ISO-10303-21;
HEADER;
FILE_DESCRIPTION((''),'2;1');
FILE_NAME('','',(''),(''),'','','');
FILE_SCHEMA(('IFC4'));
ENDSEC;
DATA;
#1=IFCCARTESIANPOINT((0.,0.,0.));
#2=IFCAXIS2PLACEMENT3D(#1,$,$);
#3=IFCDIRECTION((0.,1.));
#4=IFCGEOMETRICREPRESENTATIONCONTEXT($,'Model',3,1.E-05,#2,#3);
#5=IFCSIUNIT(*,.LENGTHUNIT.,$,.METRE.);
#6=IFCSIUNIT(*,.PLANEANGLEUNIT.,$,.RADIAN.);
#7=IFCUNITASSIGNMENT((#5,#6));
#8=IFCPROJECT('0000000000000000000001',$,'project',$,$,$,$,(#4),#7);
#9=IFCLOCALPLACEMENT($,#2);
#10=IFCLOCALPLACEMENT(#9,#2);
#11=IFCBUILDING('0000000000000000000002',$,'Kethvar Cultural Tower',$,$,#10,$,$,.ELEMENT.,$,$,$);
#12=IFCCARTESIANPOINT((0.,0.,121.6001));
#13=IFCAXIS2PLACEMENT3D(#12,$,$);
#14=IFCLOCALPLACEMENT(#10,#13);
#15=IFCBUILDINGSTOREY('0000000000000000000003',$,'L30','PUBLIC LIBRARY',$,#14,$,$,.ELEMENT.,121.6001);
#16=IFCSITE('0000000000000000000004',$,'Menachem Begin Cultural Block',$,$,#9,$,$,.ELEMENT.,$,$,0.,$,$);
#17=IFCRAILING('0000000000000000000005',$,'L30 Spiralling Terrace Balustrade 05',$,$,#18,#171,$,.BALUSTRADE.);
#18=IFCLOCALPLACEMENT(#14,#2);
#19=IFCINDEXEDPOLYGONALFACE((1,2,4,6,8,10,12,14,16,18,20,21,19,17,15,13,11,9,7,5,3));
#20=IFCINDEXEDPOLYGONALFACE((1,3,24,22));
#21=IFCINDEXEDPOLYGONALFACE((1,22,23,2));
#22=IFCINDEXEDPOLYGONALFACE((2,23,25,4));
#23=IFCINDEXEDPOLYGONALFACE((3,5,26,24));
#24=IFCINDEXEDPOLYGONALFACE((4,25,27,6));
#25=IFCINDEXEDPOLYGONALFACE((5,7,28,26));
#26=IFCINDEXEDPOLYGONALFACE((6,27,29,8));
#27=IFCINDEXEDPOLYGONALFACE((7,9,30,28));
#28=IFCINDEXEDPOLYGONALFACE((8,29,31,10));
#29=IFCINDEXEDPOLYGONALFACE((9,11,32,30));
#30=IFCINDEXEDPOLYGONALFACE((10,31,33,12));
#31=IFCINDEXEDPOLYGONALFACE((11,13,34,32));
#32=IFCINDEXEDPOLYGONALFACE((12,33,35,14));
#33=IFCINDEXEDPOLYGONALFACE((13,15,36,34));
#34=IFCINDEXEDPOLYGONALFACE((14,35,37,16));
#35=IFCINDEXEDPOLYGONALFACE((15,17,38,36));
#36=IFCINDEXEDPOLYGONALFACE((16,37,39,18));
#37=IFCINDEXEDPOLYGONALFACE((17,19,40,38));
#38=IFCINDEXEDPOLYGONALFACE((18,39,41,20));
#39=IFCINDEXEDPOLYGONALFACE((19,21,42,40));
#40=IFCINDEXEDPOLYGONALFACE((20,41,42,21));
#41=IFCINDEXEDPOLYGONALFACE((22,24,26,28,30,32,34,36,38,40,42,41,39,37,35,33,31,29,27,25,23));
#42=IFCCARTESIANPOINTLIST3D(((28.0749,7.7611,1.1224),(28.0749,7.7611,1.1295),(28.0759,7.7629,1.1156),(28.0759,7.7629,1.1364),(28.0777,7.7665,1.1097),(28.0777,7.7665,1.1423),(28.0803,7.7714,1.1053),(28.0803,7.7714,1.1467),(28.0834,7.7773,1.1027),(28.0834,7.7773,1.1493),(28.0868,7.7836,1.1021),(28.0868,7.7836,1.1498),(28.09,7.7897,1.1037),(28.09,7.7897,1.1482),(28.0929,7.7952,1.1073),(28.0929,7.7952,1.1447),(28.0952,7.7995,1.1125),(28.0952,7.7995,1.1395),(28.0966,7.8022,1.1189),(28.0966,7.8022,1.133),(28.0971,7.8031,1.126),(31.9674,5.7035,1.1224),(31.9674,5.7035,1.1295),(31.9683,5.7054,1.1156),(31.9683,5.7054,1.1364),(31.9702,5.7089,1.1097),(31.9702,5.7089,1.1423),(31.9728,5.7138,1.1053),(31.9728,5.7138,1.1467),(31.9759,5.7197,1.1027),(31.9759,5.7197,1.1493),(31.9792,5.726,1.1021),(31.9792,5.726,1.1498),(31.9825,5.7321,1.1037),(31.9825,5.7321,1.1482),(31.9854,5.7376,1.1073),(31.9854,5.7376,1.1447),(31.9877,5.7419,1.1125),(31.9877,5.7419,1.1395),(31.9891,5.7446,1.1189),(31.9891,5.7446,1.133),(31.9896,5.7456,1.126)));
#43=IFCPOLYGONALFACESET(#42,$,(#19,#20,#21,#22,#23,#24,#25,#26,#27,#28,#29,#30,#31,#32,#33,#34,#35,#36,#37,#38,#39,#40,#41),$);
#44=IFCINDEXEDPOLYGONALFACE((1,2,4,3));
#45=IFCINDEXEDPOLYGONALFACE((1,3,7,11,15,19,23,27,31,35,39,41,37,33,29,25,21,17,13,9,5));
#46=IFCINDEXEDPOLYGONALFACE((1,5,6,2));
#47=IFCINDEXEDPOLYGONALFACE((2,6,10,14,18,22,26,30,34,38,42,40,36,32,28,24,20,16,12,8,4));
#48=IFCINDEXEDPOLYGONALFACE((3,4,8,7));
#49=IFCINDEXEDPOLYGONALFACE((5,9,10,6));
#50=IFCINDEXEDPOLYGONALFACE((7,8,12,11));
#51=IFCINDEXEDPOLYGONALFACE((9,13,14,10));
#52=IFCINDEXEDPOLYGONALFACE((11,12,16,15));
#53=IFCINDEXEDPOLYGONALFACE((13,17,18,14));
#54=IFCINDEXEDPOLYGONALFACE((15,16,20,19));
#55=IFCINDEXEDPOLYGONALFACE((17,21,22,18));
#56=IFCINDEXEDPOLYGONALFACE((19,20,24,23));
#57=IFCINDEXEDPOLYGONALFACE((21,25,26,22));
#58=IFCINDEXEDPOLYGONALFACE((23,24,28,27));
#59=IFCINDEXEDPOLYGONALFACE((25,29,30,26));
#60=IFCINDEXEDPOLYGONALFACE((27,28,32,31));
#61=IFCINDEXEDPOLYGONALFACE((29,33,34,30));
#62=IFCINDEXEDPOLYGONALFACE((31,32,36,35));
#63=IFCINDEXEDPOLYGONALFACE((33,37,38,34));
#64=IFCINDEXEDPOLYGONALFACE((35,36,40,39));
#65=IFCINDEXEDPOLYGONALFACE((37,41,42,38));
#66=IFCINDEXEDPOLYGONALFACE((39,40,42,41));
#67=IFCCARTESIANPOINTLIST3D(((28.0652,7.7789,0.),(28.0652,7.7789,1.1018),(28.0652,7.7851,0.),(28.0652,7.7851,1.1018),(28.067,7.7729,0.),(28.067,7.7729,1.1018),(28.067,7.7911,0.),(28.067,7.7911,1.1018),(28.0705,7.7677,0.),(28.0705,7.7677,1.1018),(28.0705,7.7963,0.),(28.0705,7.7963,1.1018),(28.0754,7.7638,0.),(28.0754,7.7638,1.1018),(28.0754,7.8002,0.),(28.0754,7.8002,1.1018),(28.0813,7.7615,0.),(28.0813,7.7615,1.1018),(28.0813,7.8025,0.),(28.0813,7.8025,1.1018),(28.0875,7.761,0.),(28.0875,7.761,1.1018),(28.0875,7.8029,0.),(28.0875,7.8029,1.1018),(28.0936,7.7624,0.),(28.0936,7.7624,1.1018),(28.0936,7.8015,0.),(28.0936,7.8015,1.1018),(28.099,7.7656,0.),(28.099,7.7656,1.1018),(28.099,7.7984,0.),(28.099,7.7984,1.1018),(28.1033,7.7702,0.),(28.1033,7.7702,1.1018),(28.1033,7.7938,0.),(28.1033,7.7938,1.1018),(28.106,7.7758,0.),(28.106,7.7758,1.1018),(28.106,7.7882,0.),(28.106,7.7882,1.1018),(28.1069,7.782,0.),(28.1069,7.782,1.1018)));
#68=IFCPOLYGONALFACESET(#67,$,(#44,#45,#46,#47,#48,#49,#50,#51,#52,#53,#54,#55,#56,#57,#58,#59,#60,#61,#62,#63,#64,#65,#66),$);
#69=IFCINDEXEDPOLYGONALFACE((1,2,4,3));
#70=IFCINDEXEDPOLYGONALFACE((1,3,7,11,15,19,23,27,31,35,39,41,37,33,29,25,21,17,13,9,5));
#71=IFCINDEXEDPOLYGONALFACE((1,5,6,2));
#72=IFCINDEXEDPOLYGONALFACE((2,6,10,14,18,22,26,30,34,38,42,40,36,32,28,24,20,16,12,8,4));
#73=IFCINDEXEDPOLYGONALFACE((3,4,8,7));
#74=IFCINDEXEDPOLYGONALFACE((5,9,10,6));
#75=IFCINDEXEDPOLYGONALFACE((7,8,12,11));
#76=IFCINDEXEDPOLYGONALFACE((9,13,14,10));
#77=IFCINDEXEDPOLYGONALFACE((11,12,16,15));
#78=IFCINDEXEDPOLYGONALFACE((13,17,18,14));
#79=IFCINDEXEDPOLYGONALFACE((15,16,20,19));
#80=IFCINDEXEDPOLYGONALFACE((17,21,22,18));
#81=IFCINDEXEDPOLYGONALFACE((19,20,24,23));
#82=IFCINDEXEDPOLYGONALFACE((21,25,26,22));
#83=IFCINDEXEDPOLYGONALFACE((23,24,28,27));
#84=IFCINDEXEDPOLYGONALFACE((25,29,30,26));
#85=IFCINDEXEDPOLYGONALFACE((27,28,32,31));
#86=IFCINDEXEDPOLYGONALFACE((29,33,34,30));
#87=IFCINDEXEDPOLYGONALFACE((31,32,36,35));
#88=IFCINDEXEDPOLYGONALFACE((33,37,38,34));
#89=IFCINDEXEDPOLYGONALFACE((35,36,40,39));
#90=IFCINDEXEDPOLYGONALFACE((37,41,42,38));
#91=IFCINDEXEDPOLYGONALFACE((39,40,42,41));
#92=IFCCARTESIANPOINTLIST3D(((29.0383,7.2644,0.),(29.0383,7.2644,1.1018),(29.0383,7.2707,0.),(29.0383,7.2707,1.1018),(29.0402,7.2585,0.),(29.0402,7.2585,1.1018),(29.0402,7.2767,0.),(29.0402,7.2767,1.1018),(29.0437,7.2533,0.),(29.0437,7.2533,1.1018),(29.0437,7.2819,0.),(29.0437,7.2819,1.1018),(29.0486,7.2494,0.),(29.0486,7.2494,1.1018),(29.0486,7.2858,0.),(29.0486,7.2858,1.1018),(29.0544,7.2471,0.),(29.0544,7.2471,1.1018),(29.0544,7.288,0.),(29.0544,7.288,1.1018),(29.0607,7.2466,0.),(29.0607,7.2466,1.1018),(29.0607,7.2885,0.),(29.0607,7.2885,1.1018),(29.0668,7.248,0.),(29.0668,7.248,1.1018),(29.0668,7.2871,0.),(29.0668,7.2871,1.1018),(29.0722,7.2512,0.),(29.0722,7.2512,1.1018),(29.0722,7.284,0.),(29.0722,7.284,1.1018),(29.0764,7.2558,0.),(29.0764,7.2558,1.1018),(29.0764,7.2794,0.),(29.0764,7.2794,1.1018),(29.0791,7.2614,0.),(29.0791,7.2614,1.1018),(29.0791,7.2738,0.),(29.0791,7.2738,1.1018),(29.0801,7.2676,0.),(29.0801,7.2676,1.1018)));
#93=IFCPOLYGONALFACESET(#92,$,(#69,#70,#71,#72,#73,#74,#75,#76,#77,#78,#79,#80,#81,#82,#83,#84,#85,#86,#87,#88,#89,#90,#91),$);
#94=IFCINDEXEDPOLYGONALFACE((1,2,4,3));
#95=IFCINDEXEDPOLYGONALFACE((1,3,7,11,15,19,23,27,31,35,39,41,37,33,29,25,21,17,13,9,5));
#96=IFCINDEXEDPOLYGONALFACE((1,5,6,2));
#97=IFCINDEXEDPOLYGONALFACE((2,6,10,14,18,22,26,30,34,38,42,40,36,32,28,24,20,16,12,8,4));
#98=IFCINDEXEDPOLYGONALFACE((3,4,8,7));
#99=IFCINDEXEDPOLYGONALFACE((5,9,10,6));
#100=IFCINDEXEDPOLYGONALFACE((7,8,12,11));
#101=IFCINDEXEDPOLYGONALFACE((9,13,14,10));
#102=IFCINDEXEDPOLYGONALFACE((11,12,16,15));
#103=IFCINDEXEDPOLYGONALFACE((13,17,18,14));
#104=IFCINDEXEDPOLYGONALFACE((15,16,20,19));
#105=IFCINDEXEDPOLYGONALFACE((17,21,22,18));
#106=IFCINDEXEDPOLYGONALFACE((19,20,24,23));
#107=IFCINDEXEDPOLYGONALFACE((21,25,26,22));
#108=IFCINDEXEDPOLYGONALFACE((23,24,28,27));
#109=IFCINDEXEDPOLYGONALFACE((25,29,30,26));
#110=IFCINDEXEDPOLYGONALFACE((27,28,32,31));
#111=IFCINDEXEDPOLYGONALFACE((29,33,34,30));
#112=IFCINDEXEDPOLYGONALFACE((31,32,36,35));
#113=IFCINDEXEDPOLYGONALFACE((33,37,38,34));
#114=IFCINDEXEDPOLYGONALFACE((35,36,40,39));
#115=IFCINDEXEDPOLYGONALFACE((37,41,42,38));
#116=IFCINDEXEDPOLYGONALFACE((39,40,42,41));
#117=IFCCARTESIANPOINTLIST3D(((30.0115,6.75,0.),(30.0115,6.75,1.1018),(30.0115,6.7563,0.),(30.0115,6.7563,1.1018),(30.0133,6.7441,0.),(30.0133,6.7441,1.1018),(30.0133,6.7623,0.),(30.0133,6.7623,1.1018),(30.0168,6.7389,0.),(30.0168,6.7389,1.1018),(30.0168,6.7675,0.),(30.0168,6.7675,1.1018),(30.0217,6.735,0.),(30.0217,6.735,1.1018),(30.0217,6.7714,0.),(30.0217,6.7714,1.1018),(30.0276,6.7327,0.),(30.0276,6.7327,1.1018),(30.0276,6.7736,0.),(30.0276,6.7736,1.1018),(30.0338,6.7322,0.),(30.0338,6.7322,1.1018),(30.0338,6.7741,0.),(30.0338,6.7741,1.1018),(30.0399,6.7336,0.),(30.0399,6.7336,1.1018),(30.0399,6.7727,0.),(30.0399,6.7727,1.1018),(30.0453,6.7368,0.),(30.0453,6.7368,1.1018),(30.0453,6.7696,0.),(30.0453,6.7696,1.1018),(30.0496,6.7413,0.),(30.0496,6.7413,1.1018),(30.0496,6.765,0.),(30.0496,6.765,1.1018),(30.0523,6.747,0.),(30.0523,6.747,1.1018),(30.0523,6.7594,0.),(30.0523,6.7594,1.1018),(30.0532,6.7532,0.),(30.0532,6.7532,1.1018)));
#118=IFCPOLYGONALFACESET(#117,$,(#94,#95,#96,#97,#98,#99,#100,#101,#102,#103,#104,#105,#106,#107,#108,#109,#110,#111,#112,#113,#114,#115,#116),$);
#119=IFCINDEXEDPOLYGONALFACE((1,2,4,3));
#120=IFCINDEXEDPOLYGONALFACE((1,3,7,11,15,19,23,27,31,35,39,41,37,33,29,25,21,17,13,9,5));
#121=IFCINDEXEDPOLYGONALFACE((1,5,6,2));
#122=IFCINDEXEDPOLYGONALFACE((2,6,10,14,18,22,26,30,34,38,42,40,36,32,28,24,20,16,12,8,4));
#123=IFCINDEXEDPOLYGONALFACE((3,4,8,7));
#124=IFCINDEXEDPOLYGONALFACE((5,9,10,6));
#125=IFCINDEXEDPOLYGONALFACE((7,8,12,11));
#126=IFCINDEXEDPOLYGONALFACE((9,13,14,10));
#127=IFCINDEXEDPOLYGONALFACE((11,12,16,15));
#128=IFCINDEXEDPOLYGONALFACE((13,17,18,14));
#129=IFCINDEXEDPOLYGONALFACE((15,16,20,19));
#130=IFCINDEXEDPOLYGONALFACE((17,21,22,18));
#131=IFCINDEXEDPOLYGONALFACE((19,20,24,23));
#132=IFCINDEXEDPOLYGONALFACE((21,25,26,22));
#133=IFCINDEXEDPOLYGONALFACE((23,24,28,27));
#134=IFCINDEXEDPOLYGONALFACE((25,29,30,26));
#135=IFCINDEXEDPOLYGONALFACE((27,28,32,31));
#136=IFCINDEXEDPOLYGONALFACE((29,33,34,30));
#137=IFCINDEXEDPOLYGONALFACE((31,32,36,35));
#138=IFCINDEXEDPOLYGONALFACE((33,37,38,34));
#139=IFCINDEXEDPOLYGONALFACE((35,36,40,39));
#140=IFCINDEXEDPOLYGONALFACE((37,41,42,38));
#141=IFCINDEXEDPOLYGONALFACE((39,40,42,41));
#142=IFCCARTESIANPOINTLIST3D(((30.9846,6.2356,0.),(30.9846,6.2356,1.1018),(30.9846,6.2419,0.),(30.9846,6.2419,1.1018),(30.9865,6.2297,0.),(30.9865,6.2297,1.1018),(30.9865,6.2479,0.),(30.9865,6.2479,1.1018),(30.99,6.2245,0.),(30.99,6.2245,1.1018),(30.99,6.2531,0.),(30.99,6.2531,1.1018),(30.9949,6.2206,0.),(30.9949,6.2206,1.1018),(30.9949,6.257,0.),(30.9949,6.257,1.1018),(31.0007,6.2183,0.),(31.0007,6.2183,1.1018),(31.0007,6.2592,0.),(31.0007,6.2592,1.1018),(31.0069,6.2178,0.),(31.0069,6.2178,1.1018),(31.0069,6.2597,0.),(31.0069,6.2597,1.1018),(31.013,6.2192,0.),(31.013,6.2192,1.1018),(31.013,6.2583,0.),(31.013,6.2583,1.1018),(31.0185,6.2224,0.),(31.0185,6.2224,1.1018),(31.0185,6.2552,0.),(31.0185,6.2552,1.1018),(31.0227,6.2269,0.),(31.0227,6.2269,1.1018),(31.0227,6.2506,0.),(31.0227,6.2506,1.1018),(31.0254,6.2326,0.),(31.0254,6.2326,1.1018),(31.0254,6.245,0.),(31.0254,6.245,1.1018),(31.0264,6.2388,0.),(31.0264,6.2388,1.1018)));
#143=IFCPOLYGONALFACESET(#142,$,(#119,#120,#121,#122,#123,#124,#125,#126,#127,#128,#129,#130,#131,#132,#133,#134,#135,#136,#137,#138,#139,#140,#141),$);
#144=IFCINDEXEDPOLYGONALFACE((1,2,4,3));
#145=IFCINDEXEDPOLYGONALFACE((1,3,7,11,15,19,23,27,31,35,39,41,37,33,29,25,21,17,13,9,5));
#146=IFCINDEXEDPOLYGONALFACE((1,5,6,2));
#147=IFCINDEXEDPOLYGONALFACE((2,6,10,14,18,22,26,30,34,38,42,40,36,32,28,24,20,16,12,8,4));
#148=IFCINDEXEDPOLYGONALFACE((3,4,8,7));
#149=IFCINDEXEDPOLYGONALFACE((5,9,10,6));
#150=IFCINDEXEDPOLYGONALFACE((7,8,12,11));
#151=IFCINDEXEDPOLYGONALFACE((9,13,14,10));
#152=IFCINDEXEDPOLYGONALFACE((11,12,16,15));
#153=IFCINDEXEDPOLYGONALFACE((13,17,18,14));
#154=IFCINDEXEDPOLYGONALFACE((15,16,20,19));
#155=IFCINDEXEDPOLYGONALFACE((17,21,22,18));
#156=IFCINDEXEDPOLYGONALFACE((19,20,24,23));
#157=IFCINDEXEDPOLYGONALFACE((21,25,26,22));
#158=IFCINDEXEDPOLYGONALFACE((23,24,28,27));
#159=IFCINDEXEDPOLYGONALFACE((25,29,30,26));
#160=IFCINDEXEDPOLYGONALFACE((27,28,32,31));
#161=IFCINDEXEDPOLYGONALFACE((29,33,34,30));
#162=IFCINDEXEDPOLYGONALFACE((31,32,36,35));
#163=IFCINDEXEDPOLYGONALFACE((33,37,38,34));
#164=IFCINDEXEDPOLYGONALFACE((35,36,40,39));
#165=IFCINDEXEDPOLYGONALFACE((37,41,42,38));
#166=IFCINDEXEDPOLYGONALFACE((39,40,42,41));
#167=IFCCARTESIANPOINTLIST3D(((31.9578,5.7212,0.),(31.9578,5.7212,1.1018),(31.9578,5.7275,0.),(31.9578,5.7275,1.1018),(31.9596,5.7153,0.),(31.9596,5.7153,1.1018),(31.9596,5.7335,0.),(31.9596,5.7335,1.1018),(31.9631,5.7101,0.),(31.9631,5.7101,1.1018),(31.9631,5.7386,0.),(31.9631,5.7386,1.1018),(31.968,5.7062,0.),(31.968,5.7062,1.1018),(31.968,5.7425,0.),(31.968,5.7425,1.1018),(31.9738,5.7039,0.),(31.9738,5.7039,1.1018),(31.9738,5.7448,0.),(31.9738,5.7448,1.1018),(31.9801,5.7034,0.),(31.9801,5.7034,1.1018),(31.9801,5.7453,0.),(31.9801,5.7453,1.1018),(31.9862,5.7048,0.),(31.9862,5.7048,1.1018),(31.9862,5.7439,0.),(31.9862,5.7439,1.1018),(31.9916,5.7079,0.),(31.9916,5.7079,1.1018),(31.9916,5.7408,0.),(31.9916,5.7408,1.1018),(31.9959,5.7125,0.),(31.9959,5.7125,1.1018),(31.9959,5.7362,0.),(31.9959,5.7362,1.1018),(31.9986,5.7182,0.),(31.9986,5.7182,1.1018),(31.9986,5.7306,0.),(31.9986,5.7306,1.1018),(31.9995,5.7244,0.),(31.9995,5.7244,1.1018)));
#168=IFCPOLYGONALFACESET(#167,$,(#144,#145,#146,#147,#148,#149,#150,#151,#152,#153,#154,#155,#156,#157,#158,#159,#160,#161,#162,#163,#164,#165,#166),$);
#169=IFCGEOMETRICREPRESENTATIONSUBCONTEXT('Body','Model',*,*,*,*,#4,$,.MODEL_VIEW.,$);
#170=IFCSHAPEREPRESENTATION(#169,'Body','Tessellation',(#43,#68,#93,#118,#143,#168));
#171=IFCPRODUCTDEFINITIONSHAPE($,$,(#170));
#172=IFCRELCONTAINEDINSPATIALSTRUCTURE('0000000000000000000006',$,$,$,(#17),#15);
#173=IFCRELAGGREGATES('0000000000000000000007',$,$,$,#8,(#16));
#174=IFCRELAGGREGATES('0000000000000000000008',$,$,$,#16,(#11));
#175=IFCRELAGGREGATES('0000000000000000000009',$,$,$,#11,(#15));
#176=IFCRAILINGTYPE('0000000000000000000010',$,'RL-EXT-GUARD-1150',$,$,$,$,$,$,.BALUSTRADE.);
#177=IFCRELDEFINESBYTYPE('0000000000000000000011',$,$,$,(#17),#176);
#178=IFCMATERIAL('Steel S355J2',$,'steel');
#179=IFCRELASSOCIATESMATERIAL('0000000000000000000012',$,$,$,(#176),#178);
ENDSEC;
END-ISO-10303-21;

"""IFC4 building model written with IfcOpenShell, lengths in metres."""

from ifc_helpers import new_model, si_unit, direction, frame, origin, origin_2d, place, context, subcontext, project, spatial, circle, extrude, material, type_object, element, save


model = new_model("IFC4")

# Units and contexts
model_context = context("Model", 3, precision=1e-05, world=origin(), true_north=direction((0.0, 1.0)))
body_context = subcontext(model_context, "Body", "Model", "MODEL_VIEW")
ifc_project = project(units=[si_unit("LENGTHUNIT", "METRE"), si_unit("PLANEANGLEUNIT", "RADIAN")], contexts=[model_context])

# Site, building, storey
site_placement = place(None, origin())
site = spatial("IfcSite", under=ifc_project, at=site_placement, Name="Menachem Begin Cultural Block", CompositionType="ELEMENT", RefElevation=0.0)
building_placement = place(site_placement, origin())
building = spatial("IfcBuilding", under=site, at=building_placement, Name="Kethvar Cultural Tower", CompositionType="ELEMENT")
storey_placement = place(building_placement, frame((0.0, 0.0, 121.6001)))
storey = spatial("IfcBuildingStorey", under=building, at=storey_placement, Name="L30", Description="PUBLIC LIBRARY", CompositionType="ELEMENT", Elevation=121.6001)

# Shared definitions
ifc_material_1 = material(Name="Steel S355J2", Category="steel")

# Railing
railing_type = type_object("IfcRailingType", Name="RL-EXT-GUARD-1150", PredefinedType="BALUSTRADE", material=ifc_material_1)
railing_1_placement = place(storey_placement, frame((28.0859, 7.782, 0.0)))
element("IfcRailing", 1, at=railing_1_placement, inside=storey, type_object=railing_type, Name="L30 Spiralling Terrace Balustrade 05", PredefinedType="BALUSTRADE", context=body_context, shape_type="SweptSolid", body=[
    extrude(circle(Radius=0.0239, at=origin_2d()), frame((0.0, 0.0, 1.126), z_axis=(0.884084, -0.467327, 0.0), x_axis=(0.467327, 0.884084, 0.0)), (0.0, 0.0, 1.0), 4.4028),
    extrude(circle(Radius=0.021, at=origin_2d()), origin(), (0.0, 0.0, 1.0), 1.1018),
    extrude(circle(Radius=0.021, at=origin_2d()), frame((0.9731, -0.5144, 0.0)), (0.0, 0.0, 1.0), 1.1018),
    extrude(circle(Radius=0.021, at=origin_2d()), frame((1.9463, -1.0288, 0.0)), (0.0, 0.0, 1.0), 1.1018),
    extrude(circle(Radius=0.021, at=origin_2d()), frame((2.9194, -1.5432, 0.0)), (0.0, 0.0, 1.0), 1.1018),
    extrude(circle(Radius=0.021, at=origin_2d()), frame((3.8926, -2.0576, 0.0)), (0.0, 0.0, 1.0), 1.1018),
])

save(model, "model.ifc")
